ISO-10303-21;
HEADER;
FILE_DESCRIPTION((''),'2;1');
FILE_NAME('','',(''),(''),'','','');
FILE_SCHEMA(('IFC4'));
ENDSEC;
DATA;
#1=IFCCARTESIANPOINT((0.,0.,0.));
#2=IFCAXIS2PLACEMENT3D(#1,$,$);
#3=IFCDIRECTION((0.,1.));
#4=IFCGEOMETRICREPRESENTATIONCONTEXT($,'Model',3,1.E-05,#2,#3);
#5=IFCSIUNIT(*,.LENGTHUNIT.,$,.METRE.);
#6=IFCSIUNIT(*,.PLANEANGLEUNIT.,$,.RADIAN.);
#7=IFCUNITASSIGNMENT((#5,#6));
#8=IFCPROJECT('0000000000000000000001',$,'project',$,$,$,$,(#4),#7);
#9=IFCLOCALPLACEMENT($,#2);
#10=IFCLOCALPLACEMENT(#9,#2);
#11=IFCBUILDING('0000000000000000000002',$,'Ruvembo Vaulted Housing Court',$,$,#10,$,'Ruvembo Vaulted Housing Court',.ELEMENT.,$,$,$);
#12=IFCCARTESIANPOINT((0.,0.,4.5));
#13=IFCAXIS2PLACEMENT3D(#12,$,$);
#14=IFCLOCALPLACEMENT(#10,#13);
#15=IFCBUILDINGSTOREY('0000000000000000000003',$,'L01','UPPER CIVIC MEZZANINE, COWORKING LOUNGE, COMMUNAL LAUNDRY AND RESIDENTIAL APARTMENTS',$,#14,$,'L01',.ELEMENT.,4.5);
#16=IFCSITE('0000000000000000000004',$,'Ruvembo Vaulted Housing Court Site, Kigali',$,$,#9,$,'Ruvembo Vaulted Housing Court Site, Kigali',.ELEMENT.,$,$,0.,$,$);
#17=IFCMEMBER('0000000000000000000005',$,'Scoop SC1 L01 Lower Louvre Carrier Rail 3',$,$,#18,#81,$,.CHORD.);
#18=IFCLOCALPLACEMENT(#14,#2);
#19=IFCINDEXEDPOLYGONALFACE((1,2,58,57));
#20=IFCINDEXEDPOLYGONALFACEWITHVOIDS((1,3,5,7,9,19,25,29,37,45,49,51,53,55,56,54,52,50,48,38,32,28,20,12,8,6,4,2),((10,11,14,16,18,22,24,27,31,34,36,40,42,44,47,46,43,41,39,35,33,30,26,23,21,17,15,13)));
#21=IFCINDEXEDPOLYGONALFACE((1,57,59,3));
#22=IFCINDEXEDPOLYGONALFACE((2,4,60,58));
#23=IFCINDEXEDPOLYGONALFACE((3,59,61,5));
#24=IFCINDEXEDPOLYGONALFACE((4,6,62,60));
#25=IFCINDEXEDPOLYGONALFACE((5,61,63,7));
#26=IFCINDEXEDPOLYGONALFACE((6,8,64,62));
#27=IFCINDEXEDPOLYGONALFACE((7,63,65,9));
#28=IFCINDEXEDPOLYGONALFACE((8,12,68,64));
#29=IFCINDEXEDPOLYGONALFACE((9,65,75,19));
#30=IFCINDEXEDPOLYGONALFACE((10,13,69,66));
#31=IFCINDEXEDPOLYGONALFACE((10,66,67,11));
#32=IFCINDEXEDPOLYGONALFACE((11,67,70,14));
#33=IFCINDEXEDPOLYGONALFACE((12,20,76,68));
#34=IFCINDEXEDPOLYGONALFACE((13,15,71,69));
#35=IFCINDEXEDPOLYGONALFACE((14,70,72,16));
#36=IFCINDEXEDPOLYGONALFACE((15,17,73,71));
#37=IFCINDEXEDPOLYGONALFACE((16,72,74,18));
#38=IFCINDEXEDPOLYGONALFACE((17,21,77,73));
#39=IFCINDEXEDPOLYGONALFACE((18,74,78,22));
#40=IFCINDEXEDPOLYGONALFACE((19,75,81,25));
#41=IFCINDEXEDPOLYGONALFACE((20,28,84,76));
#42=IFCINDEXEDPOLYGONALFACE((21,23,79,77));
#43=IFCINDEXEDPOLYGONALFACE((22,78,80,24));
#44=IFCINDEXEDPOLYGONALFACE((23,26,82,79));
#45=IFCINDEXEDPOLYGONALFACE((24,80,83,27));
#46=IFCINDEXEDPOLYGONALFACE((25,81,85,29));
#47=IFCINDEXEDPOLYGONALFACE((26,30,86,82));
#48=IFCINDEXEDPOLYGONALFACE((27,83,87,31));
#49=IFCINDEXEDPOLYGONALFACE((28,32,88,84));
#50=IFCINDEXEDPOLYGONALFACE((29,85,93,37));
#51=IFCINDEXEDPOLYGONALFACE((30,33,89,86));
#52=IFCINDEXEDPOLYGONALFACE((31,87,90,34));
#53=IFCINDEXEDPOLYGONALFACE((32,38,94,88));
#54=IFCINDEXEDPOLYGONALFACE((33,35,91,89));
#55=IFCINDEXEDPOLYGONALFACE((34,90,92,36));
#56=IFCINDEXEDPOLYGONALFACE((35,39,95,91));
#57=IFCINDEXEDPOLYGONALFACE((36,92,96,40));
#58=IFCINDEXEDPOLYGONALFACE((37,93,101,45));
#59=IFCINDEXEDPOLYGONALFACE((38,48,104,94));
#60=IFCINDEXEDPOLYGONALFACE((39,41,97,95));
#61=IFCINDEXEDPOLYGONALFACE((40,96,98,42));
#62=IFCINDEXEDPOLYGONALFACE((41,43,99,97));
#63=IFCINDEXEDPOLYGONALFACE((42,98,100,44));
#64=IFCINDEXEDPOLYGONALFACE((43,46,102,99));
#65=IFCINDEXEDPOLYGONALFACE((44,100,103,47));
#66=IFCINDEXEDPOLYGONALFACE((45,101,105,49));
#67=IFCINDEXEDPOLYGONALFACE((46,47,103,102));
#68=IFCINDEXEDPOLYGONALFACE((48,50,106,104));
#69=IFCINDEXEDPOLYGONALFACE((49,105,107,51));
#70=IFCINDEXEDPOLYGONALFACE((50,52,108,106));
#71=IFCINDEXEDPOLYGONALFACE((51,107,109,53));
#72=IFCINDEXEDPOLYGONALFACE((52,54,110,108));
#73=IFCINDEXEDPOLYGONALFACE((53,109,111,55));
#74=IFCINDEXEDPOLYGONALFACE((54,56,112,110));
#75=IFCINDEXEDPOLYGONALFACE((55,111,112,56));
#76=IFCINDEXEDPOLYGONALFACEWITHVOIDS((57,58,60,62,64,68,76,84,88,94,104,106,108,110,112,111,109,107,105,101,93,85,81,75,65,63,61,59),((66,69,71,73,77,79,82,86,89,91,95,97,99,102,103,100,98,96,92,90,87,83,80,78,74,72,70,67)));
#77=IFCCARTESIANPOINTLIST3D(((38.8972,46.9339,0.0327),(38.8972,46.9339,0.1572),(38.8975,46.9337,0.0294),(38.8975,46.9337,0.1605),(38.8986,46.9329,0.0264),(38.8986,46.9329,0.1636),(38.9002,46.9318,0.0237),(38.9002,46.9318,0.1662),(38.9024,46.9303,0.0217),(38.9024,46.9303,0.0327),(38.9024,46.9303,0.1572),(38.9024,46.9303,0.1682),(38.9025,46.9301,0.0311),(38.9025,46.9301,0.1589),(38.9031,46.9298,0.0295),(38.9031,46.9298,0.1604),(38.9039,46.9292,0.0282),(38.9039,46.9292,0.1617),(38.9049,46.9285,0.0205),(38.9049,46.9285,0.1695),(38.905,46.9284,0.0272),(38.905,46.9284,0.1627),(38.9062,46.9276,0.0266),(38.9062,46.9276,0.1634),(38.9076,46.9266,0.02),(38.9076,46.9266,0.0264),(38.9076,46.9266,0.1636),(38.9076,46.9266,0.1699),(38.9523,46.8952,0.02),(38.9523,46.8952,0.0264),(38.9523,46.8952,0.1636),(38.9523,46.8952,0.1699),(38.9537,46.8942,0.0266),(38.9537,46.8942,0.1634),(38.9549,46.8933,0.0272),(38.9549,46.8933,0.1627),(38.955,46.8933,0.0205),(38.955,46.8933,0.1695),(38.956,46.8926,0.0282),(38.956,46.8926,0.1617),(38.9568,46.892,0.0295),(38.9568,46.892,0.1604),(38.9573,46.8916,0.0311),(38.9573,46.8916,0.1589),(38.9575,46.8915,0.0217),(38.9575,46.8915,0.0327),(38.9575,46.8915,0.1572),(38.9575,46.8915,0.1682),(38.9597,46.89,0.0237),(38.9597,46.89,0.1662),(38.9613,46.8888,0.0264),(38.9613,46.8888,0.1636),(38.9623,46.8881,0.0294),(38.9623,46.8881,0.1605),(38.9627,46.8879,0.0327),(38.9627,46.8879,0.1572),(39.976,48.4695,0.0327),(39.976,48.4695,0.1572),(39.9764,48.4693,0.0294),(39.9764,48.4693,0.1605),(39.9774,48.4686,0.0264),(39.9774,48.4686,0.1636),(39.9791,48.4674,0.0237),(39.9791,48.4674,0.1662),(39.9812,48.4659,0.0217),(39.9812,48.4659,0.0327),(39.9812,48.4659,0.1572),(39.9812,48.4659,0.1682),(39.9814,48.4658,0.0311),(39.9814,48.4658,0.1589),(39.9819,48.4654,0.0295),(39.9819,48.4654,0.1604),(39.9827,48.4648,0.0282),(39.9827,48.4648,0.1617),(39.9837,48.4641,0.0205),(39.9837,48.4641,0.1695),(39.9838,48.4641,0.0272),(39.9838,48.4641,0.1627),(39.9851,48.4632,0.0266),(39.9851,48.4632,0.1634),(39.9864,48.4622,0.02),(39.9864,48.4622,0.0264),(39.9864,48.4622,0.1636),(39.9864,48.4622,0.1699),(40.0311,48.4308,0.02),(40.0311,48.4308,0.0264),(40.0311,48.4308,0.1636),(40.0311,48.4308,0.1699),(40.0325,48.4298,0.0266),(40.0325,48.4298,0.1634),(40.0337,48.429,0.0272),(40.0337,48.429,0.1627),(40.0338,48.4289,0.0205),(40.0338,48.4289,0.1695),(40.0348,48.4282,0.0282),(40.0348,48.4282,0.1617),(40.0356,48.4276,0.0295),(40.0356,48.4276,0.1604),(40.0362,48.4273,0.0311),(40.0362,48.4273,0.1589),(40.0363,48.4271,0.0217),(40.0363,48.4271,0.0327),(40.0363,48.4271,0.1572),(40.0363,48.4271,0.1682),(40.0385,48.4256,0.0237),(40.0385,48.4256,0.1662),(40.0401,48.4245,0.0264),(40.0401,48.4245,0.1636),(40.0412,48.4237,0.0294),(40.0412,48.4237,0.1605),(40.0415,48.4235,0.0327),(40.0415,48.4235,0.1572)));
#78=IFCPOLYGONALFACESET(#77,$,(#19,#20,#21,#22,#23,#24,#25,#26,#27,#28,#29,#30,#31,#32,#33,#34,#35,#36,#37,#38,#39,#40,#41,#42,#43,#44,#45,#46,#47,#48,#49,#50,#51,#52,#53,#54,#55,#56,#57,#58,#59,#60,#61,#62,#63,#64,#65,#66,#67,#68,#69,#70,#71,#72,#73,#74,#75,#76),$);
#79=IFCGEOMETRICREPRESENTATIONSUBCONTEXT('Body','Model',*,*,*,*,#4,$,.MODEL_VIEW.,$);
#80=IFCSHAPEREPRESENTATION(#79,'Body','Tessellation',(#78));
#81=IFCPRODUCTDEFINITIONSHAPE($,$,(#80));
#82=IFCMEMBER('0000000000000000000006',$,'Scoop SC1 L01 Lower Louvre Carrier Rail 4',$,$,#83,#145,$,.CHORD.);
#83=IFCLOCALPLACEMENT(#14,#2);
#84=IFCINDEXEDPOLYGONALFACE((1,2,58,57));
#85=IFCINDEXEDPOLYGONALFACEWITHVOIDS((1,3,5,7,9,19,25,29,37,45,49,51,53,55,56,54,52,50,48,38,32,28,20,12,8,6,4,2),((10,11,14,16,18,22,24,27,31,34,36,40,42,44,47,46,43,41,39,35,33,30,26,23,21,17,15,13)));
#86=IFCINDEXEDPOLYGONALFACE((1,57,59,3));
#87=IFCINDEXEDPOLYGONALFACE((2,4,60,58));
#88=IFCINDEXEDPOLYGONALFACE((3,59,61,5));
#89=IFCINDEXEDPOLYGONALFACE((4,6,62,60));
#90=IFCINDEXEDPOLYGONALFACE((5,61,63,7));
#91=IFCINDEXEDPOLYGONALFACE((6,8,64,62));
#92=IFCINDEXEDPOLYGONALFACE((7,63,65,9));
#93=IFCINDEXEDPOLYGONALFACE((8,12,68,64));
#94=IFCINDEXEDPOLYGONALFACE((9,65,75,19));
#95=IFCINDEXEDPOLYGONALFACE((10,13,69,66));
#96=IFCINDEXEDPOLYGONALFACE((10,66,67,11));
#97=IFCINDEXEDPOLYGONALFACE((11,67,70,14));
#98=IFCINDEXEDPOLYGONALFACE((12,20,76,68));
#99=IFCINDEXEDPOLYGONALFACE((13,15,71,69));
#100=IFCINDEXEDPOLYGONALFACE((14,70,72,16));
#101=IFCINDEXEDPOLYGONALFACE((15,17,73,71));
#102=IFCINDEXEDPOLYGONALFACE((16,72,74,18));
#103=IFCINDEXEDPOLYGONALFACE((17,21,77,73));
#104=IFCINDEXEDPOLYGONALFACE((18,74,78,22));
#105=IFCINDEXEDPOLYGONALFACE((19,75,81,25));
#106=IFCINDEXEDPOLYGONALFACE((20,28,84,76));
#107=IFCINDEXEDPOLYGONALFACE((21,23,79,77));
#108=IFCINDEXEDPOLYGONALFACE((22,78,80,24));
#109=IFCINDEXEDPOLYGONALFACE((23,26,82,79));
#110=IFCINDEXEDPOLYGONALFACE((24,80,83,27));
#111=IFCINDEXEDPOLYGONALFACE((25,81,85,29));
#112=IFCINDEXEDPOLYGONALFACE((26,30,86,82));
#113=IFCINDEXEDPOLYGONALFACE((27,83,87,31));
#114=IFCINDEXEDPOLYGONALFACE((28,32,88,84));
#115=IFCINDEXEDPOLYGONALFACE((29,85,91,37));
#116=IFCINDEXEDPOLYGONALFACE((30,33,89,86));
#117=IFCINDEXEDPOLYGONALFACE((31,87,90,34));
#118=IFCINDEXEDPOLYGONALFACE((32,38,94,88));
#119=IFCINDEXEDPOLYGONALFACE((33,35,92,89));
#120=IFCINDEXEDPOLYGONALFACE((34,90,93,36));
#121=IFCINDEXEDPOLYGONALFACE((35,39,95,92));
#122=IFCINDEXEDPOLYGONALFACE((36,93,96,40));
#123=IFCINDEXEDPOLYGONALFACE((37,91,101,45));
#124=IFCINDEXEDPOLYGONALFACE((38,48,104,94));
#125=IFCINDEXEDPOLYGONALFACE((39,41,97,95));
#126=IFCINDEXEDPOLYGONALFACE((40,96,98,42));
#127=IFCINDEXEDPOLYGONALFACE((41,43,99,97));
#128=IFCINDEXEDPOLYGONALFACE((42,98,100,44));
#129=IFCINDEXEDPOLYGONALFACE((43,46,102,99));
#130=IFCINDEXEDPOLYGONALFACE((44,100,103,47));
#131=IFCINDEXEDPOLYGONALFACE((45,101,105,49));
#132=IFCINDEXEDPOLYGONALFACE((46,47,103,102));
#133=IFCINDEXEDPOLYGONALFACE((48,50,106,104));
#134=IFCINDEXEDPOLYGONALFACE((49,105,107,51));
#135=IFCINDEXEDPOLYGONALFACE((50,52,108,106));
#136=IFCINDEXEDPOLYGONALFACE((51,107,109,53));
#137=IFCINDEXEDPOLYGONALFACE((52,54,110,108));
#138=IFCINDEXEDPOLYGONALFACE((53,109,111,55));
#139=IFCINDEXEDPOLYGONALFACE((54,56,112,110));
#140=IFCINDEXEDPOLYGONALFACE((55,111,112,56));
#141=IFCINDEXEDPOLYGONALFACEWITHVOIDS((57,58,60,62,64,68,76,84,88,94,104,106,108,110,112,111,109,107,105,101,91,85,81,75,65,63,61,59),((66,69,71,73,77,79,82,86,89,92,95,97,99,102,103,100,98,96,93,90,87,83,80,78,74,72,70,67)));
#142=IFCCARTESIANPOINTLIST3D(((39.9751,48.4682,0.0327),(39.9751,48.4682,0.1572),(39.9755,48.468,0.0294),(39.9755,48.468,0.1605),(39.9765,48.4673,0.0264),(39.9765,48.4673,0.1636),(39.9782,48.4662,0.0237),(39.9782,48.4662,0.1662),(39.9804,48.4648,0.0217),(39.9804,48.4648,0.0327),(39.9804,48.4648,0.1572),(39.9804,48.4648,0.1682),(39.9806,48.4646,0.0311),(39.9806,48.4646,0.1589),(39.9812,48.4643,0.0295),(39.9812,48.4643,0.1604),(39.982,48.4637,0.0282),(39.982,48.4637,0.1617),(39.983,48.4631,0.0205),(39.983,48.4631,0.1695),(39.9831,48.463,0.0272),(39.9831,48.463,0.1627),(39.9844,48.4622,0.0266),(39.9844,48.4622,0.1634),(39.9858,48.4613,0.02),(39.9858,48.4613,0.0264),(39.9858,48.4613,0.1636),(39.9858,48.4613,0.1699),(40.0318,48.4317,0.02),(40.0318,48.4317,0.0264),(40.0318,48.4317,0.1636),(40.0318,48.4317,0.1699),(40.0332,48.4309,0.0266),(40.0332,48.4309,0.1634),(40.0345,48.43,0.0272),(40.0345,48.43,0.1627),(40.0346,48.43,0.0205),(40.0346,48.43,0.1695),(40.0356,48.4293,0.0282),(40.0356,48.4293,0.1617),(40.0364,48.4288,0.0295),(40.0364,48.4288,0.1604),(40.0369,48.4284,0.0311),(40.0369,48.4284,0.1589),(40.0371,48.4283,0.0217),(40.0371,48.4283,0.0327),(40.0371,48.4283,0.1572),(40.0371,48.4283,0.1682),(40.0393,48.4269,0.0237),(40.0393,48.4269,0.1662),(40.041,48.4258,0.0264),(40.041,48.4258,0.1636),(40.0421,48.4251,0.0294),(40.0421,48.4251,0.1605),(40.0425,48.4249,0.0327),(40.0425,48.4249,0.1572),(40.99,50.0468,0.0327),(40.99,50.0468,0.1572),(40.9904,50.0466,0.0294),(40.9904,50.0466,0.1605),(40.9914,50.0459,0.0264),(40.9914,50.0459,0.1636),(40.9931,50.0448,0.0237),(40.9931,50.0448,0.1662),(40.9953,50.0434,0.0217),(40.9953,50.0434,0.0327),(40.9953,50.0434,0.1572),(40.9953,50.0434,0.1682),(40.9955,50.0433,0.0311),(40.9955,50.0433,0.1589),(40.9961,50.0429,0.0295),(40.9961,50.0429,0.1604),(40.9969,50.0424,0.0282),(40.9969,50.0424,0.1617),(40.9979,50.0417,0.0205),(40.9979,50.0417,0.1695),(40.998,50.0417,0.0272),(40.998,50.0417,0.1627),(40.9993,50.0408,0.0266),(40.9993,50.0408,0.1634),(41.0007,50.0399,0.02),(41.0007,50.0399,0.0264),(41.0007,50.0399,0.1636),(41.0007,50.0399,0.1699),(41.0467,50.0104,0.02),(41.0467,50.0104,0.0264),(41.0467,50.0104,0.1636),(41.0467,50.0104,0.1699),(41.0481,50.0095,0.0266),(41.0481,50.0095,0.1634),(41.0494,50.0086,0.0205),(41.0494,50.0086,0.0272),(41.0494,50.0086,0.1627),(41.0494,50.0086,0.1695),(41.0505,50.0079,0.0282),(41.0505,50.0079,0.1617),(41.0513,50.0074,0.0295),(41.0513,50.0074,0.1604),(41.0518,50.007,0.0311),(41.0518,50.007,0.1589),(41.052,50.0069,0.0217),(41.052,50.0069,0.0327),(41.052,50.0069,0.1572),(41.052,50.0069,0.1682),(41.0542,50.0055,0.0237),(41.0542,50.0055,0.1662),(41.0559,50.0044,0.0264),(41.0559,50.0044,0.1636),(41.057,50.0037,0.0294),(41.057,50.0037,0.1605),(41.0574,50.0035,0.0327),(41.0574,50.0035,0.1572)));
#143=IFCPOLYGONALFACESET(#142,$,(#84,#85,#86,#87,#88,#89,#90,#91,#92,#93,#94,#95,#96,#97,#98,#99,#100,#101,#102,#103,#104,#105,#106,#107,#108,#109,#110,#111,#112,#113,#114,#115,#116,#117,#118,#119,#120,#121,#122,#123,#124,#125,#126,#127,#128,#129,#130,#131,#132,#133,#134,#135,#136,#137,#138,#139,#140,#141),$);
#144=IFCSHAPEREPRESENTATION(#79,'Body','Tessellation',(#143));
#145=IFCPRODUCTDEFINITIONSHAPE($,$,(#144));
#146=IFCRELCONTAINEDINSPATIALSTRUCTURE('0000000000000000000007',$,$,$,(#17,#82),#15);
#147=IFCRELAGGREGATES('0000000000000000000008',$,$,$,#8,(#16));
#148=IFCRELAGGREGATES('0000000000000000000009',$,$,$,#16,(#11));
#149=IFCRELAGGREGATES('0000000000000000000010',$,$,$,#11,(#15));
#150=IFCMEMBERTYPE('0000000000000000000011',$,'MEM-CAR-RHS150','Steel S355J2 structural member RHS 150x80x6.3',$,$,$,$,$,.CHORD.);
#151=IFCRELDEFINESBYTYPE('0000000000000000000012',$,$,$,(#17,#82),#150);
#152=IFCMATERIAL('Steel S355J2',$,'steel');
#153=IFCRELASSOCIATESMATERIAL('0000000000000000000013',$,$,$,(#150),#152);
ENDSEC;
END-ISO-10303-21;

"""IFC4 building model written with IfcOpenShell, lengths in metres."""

from ifc_helpers import new_model, si_unit, direction, frame, origin, origin_2d, place, context, subcontext, project, spatial, hollow_rectangle, extrude, material, material_profile, profile_set, type_object, element, save


model = new_model("IFC4")

# Units and contexts
model_context = context("Model", 3, precision=1e-05, world=origin(), true_north=direction((0.0, 1.0)))
body_context = subcontext(model_context, "Body", "Model", "MODEL_VIEW")
ifc_project = project(units=[si_unit("LENGTHUNIT", "METRE"), si_unit("PLANEANGLEUNIT", "RADIAN")], contexts=[model_context])

# Site, building, storey
site_placement = place(None, origin())
site = spatial("IfcSite", under=ifc_project, at=site_placement, Name="Ruvembo Vaulted Housing Court Site, Kigali", LongName="Ruvembo Vaulted Housing Court Site, Kigali", CompositionType="ELEMENT", RefElevation=0.0)
building_placement = place(site_placement, origin())
building = spatial("IfcBuilding", under=site, at=building_placement, Name="Ruvembo Vaulted Housing Court", LongName="Ruvembo Vaulted Housing Court", CompositionType="ELEMENT")
storey_placement = place(building_placement, frame((0.0, 0.0, 4.5)))
storey = spatial("IfcBuildingStorey", under=building, at=storey_placement, Name="L01", Description="UPPER CIVIC MEZZANINE, COWORKING LOUNGE, COMMUNAL LAUNDRY AND RESIDENTIAL APARTMENTS", LongName="L01", CompositionType="ELEMENT", Elevation=4.5)

# Shared definitions
ifc_material_1 = material(Name="Steel S355J2", Category="steel")

# Members
ifc_material_profile_1 = material_profile(ifc_material_1, hollow_rectangle(XDim=0.0801, YDim=0.1499, WallThickness=0.0063, InnerFilletRadius=0.0063, OuterFilletRadius=0.0127, at=origin_2d()), Name="RHS 150x80x6.3")
ifc_profile_set_1 = profile_set([ifc_material_profile_1], Name="Steel S355J2")
member_type_1 = type_object("IfcMemberType", Name="MEM-CAR-RHS150", Description="Steel S355J2 structural member RHS 150x80x6.3", PredefinedType="CHORD", material=ifc_profile_set_1)
for number, where, z_axis, x_axis, name in (
    (1, (38.9299, 46.9109, 0.095), (0.574858, 0.818253, 0.0), (-0.818253, 0.574858, 0.0), "Scoop SC1 L01 Lower Louvre Carrier Rail 3"),
    (2, (40.0088, 48.4465, 0.095), (0.540784, 0.841162, 0.0), (-0.841162, 0.540784, 0.0), "Scoop SC1 L01 Lower Louvre Carrier Rail 4"),
):
    element("IfcMember", number, at=place(storey_placement, frame(where, z_axis=z_axis, x_axis=x_axis)), inside=storey, type_object=member_type_1, Name=name, PredefinedType="CHORD", context=body_context, shape_type="SweptSolid", body=[
        extrude(hollow_rectangle(XDim=0.0801, YDim=0.1499, WallThickness=0.0063, InnerFilletRadius=0.0063, OuterFilletRadius=0.0127, at=origin_2d()), origin(), (0.0, 0.0, 1.0), 1.8767),
    ])

save(model, "model.ifc")
